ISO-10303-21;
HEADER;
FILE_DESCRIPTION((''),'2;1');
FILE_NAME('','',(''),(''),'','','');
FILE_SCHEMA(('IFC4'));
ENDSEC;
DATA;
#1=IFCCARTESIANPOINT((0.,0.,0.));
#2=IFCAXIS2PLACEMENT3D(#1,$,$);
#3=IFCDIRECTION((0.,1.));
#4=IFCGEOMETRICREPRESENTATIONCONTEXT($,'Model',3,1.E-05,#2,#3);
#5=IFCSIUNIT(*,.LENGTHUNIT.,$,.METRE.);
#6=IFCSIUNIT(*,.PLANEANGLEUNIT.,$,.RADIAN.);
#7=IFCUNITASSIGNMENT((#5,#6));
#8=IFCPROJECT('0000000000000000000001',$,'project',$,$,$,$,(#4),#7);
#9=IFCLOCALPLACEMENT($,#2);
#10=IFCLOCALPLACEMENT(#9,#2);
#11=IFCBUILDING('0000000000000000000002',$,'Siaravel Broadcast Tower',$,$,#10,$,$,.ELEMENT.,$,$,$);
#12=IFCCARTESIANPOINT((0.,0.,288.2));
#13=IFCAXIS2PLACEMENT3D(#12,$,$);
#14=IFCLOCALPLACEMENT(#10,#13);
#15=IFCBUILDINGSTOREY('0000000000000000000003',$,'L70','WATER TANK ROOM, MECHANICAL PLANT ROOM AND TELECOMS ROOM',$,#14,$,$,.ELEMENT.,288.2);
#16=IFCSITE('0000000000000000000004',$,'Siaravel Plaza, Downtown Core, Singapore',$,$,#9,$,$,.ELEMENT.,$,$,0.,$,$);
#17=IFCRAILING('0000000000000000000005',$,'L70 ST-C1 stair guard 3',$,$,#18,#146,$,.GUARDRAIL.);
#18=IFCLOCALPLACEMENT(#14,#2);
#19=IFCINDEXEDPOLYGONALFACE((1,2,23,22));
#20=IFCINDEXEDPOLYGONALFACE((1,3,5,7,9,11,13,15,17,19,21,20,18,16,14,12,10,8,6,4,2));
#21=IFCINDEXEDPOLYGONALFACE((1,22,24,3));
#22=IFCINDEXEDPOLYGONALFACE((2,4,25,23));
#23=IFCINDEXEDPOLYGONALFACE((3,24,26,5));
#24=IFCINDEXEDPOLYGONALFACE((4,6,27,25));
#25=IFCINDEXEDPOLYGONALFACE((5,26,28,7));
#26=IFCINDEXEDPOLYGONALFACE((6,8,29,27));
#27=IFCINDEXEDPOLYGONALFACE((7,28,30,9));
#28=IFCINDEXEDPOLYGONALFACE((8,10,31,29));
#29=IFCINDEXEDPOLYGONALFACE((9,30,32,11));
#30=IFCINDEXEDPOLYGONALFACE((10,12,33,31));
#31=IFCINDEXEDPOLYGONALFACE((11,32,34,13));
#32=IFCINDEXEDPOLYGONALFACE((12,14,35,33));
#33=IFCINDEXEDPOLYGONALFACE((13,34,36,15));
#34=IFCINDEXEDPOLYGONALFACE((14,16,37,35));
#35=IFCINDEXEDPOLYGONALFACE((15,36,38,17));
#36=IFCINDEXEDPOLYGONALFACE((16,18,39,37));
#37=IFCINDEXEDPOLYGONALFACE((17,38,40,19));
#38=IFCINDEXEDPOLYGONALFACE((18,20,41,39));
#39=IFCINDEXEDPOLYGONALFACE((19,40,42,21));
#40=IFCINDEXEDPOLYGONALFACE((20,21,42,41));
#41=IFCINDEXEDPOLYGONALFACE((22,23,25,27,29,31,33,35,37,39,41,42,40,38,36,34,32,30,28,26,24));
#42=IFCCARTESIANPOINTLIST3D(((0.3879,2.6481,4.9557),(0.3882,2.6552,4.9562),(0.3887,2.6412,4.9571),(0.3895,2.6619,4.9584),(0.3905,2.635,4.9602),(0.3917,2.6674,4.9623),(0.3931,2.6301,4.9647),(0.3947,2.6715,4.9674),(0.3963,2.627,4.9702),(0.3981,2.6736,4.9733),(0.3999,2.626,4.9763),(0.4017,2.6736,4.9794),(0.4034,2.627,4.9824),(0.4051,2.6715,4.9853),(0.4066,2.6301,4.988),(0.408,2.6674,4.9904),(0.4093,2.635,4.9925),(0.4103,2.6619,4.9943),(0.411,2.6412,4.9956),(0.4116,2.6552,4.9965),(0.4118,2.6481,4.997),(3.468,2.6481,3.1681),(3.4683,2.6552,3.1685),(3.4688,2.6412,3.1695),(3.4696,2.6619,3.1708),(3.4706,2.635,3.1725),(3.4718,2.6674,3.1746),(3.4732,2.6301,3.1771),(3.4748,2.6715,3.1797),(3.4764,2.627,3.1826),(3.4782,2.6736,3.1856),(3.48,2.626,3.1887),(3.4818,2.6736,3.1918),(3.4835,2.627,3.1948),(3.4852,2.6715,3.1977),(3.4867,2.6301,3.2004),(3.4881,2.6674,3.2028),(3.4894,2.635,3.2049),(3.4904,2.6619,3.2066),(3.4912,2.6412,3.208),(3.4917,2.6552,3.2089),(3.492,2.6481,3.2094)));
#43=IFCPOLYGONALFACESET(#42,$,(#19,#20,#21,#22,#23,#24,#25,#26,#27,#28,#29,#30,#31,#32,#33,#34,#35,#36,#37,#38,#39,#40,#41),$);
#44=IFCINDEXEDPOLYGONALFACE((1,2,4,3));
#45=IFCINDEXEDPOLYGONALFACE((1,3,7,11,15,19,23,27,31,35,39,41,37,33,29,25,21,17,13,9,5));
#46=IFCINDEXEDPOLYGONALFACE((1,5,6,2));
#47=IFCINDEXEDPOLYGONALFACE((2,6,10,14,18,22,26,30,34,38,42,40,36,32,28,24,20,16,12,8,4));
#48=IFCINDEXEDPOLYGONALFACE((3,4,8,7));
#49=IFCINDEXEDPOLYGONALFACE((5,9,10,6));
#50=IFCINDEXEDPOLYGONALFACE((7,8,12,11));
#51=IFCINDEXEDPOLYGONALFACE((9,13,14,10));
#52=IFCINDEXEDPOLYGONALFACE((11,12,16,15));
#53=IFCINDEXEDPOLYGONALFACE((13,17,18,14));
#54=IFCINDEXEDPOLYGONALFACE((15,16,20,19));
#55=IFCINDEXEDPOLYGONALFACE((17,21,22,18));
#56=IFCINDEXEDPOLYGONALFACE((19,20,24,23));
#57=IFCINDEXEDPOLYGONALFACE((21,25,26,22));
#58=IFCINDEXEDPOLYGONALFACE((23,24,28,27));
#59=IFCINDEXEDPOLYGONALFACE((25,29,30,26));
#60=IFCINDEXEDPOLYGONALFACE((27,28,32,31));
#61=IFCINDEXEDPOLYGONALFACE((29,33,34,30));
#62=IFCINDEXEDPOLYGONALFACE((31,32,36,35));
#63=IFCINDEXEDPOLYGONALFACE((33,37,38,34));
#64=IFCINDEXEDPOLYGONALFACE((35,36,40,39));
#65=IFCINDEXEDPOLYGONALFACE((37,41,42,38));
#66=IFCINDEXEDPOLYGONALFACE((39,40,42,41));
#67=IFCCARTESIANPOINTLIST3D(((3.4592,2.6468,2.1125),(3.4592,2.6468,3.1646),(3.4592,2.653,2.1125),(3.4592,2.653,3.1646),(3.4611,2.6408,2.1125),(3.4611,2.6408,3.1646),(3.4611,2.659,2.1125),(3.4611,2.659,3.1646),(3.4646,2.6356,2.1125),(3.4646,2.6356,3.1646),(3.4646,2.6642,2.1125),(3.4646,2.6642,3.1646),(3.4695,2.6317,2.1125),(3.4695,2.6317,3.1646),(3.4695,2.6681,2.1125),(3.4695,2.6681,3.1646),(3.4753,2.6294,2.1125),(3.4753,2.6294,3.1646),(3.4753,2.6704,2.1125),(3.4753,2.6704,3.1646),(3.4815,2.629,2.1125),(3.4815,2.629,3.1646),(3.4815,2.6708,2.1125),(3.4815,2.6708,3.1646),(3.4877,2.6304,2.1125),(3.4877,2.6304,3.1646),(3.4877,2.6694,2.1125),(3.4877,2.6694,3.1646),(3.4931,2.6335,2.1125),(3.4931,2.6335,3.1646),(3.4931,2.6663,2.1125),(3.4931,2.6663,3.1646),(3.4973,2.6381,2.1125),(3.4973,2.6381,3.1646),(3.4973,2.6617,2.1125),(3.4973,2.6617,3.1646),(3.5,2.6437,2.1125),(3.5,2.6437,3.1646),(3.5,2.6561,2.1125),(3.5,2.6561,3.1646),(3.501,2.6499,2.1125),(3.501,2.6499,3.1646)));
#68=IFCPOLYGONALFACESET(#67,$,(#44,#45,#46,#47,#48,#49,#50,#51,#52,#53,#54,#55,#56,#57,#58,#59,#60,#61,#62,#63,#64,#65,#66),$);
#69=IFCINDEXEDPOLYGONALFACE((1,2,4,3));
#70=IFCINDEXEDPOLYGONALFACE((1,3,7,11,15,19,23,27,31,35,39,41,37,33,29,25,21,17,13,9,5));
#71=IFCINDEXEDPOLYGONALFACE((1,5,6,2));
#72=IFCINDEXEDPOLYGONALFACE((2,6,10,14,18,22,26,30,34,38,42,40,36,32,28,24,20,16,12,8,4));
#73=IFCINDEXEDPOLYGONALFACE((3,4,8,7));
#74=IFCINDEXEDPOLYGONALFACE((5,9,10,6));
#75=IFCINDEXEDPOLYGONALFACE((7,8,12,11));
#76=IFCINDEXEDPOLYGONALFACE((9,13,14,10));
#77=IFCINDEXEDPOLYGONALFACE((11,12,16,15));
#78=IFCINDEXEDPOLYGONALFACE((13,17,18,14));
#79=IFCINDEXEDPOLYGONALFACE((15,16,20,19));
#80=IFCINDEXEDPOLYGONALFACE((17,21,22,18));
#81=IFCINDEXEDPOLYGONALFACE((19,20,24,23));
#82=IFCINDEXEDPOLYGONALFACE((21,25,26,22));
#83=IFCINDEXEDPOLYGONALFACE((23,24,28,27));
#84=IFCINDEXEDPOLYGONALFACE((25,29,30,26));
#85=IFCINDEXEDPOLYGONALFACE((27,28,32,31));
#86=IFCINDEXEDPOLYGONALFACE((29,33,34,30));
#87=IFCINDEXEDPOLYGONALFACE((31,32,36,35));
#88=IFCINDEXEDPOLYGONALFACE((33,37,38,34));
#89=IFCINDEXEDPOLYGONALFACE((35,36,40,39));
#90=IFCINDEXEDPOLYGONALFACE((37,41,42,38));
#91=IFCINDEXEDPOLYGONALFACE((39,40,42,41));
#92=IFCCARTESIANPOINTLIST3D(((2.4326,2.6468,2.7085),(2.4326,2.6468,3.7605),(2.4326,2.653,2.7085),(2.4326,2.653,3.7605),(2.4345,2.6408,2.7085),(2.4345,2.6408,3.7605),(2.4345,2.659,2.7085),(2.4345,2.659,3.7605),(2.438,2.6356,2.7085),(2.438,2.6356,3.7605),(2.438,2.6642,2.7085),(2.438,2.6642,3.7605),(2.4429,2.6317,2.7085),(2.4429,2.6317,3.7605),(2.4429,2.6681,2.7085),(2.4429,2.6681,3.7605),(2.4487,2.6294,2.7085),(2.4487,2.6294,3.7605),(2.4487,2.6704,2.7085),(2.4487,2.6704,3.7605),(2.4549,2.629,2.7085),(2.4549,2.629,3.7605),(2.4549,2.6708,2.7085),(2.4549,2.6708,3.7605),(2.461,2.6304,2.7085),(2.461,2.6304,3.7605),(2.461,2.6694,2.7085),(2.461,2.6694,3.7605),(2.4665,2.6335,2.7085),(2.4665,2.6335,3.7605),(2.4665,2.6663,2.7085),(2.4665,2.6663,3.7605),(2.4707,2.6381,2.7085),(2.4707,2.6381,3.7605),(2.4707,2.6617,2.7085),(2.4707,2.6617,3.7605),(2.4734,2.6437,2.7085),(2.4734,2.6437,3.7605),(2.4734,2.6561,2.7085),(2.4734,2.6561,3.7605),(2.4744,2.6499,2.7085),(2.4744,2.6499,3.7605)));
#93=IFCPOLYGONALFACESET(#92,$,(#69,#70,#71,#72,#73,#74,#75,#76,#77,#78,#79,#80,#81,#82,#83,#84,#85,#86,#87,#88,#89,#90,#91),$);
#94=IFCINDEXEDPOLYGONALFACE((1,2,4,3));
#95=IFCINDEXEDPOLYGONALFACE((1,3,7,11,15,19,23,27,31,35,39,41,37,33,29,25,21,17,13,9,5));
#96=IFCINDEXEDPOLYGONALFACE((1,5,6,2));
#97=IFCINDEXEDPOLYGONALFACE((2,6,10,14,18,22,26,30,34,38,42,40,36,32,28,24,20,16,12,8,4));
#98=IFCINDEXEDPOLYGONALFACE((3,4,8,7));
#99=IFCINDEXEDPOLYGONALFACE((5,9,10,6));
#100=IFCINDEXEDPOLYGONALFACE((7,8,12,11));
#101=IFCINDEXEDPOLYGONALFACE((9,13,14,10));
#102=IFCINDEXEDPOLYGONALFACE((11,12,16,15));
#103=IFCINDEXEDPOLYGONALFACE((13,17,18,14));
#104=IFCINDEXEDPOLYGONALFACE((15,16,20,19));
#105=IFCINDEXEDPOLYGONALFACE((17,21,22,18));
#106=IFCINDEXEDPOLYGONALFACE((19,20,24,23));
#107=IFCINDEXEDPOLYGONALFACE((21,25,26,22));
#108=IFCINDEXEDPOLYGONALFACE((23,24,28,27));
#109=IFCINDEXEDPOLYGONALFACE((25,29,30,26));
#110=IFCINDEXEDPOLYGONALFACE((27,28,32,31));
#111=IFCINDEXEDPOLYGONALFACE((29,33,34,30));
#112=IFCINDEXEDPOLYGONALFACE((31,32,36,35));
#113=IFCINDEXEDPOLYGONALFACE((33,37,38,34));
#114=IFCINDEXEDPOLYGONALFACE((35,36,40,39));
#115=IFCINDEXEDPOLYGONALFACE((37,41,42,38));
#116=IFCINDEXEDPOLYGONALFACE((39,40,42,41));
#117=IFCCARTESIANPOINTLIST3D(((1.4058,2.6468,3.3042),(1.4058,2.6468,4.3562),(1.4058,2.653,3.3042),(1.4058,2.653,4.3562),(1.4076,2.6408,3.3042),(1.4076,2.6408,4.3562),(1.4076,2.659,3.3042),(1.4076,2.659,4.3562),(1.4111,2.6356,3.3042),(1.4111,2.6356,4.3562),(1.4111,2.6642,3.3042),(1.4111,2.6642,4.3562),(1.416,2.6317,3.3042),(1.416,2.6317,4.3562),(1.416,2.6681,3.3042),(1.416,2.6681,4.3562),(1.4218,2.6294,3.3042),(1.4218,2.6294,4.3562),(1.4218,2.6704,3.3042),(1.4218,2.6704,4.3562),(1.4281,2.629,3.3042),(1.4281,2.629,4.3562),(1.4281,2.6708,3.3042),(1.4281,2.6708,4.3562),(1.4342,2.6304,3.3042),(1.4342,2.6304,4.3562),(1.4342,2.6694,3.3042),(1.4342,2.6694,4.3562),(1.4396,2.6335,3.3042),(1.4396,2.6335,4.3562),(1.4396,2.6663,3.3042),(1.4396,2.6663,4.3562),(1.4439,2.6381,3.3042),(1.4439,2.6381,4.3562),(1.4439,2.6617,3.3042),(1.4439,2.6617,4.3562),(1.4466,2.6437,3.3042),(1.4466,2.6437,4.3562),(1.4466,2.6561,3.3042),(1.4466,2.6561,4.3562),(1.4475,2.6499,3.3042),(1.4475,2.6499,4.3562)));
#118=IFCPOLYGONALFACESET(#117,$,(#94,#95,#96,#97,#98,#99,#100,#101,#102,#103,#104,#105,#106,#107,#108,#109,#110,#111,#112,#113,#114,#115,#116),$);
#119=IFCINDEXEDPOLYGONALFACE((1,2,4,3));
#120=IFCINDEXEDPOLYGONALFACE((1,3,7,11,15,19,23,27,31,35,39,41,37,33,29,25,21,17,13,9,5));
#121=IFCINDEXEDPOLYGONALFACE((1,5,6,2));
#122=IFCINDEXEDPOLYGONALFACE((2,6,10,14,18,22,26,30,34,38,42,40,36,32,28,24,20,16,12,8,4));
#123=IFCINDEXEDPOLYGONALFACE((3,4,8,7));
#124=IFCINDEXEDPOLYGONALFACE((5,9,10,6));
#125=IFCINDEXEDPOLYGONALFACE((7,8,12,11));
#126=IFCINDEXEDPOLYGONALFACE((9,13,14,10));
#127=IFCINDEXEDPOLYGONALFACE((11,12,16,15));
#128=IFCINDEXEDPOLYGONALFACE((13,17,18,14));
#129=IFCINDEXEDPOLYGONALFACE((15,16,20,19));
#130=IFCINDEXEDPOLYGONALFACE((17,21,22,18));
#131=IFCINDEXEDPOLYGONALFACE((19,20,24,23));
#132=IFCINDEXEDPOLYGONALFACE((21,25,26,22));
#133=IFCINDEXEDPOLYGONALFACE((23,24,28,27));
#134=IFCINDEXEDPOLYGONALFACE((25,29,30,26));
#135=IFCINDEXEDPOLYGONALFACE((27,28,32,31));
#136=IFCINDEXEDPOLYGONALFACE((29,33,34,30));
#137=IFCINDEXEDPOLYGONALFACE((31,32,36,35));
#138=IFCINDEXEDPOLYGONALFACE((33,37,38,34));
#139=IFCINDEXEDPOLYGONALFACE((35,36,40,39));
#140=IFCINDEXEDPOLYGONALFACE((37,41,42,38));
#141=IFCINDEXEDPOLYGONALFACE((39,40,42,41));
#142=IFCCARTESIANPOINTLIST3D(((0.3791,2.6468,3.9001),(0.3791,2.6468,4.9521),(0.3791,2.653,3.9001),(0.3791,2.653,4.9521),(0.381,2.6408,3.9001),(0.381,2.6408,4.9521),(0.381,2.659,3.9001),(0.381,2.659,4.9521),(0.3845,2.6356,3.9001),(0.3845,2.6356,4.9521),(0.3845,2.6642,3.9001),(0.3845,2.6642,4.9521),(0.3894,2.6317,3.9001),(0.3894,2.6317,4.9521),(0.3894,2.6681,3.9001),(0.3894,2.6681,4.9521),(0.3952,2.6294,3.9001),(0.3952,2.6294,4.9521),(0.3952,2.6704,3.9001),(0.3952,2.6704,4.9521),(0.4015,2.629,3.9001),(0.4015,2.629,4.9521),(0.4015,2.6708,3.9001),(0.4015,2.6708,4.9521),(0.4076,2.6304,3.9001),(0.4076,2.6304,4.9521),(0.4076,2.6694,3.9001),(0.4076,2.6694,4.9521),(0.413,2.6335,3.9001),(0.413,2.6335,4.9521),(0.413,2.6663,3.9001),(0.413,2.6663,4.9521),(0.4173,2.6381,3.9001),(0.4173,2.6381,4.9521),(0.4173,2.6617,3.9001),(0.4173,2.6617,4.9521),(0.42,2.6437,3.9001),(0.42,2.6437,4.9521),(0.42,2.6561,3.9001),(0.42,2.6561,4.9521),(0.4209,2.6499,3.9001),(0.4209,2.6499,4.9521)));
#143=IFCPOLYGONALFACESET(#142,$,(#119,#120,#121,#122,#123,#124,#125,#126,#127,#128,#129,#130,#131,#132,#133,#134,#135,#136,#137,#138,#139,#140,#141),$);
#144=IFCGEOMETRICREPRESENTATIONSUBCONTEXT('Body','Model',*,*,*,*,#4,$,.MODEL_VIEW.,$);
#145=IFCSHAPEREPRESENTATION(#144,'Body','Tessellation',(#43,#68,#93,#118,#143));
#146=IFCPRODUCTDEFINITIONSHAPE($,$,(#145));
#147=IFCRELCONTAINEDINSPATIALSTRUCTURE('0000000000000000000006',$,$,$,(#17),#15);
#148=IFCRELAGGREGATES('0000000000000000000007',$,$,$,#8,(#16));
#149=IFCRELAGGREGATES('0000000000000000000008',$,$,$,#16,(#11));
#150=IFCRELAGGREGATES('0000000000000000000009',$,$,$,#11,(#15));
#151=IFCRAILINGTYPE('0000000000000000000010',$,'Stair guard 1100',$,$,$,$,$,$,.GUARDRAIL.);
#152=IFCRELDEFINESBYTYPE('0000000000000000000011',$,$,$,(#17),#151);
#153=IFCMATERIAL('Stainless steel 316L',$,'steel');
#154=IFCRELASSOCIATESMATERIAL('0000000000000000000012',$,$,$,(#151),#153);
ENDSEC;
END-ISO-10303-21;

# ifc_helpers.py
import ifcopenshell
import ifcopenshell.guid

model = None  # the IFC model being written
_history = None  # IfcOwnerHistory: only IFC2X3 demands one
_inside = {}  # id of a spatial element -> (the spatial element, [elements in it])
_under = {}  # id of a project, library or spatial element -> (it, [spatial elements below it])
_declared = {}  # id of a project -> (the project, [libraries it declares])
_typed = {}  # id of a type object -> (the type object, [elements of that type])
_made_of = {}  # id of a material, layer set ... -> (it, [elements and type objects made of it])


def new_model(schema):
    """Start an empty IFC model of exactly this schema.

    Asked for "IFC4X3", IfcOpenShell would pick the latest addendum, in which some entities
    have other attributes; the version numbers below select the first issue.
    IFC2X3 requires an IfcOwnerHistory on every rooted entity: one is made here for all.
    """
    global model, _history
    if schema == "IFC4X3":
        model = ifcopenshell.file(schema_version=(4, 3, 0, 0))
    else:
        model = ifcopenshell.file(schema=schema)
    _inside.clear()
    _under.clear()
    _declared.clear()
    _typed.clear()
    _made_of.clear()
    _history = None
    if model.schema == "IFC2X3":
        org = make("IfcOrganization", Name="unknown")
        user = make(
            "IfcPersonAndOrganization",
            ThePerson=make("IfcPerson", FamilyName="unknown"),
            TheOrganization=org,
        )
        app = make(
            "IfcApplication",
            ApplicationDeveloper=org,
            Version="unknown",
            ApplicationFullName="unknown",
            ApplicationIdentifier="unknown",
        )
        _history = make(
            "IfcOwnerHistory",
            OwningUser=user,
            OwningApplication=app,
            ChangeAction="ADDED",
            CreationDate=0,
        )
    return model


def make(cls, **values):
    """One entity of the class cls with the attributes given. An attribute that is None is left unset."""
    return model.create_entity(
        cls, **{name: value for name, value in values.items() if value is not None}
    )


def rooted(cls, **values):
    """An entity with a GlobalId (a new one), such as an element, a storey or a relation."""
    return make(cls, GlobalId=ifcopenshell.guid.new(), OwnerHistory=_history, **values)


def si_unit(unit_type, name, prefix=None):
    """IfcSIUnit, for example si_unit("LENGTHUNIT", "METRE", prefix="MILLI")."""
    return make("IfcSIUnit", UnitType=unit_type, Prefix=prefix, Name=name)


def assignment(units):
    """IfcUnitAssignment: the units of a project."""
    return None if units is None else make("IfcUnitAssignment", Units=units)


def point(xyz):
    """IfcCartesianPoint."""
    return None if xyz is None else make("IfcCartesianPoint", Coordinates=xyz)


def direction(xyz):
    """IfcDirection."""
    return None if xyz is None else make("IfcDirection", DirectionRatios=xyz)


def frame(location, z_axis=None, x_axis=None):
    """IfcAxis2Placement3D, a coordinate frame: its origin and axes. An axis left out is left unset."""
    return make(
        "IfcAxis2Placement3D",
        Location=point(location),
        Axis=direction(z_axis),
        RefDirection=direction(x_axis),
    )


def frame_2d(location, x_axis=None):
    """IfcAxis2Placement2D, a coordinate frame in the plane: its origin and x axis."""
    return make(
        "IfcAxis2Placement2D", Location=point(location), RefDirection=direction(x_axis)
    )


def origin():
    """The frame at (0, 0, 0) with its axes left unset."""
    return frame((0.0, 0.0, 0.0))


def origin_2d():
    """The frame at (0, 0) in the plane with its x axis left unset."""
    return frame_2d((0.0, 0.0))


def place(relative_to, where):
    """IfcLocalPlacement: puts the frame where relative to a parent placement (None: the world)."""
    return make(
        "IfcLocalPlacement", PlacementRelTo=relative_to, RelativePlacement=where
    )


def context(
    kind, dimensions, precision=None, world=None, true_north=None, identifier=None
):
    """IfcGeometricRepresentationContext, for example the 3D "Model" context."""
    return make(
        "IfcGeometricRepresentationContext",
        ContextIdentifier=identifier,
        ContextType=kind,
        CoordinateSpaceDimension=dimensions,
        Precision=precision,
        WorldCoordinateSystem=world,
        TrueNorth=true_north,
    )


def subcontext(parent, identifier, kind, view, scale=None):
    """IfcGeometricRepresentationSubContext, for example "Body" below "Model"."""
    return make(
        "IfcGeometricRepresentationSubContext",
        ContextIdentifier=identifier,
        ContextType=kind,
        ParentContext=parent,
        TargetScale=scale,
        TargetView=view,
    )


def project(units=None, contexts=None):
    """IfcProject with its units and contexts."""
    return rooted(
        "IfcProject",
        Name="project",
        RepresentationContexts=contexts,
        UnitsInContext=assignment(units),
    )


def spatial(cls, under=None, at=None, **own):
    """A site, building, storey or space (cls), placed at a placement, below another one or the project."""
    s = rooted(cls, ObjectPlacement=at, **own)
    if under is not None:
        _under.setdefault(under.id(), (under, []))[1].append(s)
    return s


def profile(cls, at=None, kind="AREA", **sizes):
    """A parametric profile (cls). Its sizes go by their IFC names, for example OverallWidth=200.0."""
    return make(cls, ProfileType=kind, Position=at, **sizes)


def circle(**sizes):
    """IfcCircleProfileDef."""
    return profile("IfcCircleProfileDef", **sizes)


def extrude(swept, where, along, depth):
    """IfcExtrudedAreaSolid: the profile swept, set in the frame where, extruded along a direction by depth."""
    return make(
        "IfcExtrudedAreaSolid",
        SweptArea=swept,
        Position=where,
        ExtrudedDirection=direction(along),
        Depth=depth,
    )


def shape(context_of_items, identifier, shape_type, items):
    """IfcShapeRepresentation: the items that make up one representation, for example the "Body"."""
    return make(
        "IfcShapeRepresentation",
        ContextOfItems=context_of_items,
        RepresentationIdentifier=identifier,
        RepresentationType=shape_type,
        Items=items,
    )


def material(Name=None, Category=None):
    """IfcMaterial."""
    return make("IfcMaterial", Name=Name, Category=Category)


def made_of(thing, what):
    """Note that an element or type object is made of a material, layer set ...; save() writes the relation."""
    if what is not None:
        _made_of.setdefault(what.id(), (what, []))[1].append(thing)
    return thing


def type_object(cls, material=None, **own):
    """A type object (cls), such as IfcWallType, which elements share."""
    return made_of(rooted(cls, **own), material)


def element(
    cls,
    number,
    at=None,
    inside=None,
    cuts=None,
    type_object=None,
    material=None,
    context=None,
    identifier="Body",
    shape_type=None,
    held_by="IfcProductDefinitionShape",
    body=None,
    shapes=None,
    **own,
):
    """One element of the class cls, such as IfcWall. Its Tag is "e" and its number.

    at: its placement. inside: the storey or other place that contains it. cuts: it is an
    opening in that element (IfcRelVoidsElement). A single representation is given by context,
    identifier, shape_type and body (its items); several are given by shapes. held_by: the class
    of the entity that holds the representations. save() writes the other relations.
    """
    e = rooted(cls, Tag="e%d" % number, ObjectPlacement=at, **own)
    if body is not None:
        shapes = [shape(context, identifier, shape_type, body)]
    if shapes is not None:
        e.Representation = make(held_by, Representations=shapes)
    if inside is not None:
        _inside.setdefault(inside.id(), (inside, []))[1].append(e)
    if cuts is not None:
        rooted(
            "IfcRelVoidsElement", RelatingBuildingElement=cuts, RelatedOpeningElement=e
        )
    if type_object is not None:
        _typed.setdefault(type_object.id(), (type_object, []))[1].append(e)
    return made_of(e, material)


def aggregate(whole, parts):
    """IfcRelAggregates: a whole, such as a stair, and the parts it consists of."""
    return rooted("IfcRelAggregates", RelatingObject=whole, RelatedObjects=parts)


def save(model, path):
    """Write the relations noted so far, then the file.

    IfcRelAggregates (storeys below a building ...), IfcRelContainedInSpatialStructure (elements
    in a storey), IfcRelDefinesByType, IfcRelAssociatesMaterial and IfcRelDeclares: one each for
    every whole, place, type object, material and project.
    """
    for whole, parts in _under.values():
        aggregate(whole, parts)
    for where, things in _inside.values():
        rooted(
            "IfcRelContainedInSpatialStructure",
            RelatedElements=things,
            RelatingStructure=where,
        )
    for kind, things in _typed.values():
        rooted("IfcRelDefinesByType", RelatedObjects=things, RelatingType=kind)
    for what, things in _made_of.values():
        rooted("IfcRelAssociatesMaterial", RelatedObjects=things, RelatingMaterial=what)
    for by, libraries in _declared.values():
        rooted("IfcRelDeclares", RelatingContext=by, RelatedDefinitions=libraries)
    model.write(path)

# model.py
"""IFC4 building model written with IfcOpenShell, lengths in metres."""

from ifc_helpers import new_model, si_unit, direction, frame, origin, origin_2d, place, context, subcontext, project, spatial, circle, extrude, material, type_object, element, save


model = new_model("IFC4")

# Units and contexts
model_context = context("Model", 3, precision=1e-05, world=origin(), true_north=direction((0.0, 1.0)))
body_context = subcontext(model_context, "Body", "Model", "MODEL_VIEW")
ifc_project = project(units=[si_unit("LENGTHUNIT", "METRE"), si_unit("PLANEANGLEUNIT", "RADIAN")], contexts=[model_context])

# Site, building, storey
site_placement = place(None, origin())
site = spatial("IfcSite", under=ifc_project, at=site_placement, Name="Siaravel Plaza, Downtown Core, Singapore", CompositionType="ELEMENT", RefElevation=0.0)
building_placement = place(site_placement, origin())
building = spatial("IfcBuilding", under=site, at=building_placement, Name="Siaravel Broadcast Tower", CompositionType="ELEMENT")
storey_placement = place(building_placement, frame((0.0, 0.0, 288.2)))
storey = spatial("IfcBuildingStorey", under=building, at=storey_placement, Name="L70", Description="WATER TANK ROOM, MECHANICAL PLANT ROOM AND TELECOMS ROOM", CompositionType="ELEMENT", Elevation=288.2)

# Railing
ifc_material_1 = material(Name="Stainless steel 316L", Category="steel")
railing_type_1 = type_object("IfcRailingType", Name="Stair guard 1100", PredefinedType="GUARDRAIL", material=ifc_material_1)
railing_1_placement = place(storey_placement, frame((3.48, 2.6499, 2.1125)))
element("IfcRailing", 1, at=railing_1_placement, inside=storey, type_object=railing_type_1, Name="L70 ST-C1 stair guard 3", PredefinedType="GUARDRAIL", context=body_context, shape_type="SweptSolid", body=[
    extrude(circle(Radius=0.0239, at=origin_2d()), frame((0.0, 0.0, 1.0762), z_axis=(-0.864891, 0.0, 0.50196), x_axis=(0.0, -1.0, 0.0)), (0.0, 0.0, 1.0), 3.5613),
    extrude(circle(Radius=0.021, at=origin_2d()), origin(), (0.0, 0.0, 1.0), 1.052),
    extrude(circle(Radius=0.021, at=origin_2d()), frame((-1.0266, 0.0, 0.5959)), (0.0, 0.0, 1.0), 1.052),
    extrude(circle(Radius=0.021, at=origin_2d()), frame((-2.0535, 0.0, 1.1917)), (0.0, 0.0, 1.0), 1.052),
    extrude(circle(Radius=0.021, at=origin_2d()), frame((-3.0801, 0.0, 1.7876)), (0.0, 0.0, 1.0), 1.052),
])

save(model, "model.ifc")
